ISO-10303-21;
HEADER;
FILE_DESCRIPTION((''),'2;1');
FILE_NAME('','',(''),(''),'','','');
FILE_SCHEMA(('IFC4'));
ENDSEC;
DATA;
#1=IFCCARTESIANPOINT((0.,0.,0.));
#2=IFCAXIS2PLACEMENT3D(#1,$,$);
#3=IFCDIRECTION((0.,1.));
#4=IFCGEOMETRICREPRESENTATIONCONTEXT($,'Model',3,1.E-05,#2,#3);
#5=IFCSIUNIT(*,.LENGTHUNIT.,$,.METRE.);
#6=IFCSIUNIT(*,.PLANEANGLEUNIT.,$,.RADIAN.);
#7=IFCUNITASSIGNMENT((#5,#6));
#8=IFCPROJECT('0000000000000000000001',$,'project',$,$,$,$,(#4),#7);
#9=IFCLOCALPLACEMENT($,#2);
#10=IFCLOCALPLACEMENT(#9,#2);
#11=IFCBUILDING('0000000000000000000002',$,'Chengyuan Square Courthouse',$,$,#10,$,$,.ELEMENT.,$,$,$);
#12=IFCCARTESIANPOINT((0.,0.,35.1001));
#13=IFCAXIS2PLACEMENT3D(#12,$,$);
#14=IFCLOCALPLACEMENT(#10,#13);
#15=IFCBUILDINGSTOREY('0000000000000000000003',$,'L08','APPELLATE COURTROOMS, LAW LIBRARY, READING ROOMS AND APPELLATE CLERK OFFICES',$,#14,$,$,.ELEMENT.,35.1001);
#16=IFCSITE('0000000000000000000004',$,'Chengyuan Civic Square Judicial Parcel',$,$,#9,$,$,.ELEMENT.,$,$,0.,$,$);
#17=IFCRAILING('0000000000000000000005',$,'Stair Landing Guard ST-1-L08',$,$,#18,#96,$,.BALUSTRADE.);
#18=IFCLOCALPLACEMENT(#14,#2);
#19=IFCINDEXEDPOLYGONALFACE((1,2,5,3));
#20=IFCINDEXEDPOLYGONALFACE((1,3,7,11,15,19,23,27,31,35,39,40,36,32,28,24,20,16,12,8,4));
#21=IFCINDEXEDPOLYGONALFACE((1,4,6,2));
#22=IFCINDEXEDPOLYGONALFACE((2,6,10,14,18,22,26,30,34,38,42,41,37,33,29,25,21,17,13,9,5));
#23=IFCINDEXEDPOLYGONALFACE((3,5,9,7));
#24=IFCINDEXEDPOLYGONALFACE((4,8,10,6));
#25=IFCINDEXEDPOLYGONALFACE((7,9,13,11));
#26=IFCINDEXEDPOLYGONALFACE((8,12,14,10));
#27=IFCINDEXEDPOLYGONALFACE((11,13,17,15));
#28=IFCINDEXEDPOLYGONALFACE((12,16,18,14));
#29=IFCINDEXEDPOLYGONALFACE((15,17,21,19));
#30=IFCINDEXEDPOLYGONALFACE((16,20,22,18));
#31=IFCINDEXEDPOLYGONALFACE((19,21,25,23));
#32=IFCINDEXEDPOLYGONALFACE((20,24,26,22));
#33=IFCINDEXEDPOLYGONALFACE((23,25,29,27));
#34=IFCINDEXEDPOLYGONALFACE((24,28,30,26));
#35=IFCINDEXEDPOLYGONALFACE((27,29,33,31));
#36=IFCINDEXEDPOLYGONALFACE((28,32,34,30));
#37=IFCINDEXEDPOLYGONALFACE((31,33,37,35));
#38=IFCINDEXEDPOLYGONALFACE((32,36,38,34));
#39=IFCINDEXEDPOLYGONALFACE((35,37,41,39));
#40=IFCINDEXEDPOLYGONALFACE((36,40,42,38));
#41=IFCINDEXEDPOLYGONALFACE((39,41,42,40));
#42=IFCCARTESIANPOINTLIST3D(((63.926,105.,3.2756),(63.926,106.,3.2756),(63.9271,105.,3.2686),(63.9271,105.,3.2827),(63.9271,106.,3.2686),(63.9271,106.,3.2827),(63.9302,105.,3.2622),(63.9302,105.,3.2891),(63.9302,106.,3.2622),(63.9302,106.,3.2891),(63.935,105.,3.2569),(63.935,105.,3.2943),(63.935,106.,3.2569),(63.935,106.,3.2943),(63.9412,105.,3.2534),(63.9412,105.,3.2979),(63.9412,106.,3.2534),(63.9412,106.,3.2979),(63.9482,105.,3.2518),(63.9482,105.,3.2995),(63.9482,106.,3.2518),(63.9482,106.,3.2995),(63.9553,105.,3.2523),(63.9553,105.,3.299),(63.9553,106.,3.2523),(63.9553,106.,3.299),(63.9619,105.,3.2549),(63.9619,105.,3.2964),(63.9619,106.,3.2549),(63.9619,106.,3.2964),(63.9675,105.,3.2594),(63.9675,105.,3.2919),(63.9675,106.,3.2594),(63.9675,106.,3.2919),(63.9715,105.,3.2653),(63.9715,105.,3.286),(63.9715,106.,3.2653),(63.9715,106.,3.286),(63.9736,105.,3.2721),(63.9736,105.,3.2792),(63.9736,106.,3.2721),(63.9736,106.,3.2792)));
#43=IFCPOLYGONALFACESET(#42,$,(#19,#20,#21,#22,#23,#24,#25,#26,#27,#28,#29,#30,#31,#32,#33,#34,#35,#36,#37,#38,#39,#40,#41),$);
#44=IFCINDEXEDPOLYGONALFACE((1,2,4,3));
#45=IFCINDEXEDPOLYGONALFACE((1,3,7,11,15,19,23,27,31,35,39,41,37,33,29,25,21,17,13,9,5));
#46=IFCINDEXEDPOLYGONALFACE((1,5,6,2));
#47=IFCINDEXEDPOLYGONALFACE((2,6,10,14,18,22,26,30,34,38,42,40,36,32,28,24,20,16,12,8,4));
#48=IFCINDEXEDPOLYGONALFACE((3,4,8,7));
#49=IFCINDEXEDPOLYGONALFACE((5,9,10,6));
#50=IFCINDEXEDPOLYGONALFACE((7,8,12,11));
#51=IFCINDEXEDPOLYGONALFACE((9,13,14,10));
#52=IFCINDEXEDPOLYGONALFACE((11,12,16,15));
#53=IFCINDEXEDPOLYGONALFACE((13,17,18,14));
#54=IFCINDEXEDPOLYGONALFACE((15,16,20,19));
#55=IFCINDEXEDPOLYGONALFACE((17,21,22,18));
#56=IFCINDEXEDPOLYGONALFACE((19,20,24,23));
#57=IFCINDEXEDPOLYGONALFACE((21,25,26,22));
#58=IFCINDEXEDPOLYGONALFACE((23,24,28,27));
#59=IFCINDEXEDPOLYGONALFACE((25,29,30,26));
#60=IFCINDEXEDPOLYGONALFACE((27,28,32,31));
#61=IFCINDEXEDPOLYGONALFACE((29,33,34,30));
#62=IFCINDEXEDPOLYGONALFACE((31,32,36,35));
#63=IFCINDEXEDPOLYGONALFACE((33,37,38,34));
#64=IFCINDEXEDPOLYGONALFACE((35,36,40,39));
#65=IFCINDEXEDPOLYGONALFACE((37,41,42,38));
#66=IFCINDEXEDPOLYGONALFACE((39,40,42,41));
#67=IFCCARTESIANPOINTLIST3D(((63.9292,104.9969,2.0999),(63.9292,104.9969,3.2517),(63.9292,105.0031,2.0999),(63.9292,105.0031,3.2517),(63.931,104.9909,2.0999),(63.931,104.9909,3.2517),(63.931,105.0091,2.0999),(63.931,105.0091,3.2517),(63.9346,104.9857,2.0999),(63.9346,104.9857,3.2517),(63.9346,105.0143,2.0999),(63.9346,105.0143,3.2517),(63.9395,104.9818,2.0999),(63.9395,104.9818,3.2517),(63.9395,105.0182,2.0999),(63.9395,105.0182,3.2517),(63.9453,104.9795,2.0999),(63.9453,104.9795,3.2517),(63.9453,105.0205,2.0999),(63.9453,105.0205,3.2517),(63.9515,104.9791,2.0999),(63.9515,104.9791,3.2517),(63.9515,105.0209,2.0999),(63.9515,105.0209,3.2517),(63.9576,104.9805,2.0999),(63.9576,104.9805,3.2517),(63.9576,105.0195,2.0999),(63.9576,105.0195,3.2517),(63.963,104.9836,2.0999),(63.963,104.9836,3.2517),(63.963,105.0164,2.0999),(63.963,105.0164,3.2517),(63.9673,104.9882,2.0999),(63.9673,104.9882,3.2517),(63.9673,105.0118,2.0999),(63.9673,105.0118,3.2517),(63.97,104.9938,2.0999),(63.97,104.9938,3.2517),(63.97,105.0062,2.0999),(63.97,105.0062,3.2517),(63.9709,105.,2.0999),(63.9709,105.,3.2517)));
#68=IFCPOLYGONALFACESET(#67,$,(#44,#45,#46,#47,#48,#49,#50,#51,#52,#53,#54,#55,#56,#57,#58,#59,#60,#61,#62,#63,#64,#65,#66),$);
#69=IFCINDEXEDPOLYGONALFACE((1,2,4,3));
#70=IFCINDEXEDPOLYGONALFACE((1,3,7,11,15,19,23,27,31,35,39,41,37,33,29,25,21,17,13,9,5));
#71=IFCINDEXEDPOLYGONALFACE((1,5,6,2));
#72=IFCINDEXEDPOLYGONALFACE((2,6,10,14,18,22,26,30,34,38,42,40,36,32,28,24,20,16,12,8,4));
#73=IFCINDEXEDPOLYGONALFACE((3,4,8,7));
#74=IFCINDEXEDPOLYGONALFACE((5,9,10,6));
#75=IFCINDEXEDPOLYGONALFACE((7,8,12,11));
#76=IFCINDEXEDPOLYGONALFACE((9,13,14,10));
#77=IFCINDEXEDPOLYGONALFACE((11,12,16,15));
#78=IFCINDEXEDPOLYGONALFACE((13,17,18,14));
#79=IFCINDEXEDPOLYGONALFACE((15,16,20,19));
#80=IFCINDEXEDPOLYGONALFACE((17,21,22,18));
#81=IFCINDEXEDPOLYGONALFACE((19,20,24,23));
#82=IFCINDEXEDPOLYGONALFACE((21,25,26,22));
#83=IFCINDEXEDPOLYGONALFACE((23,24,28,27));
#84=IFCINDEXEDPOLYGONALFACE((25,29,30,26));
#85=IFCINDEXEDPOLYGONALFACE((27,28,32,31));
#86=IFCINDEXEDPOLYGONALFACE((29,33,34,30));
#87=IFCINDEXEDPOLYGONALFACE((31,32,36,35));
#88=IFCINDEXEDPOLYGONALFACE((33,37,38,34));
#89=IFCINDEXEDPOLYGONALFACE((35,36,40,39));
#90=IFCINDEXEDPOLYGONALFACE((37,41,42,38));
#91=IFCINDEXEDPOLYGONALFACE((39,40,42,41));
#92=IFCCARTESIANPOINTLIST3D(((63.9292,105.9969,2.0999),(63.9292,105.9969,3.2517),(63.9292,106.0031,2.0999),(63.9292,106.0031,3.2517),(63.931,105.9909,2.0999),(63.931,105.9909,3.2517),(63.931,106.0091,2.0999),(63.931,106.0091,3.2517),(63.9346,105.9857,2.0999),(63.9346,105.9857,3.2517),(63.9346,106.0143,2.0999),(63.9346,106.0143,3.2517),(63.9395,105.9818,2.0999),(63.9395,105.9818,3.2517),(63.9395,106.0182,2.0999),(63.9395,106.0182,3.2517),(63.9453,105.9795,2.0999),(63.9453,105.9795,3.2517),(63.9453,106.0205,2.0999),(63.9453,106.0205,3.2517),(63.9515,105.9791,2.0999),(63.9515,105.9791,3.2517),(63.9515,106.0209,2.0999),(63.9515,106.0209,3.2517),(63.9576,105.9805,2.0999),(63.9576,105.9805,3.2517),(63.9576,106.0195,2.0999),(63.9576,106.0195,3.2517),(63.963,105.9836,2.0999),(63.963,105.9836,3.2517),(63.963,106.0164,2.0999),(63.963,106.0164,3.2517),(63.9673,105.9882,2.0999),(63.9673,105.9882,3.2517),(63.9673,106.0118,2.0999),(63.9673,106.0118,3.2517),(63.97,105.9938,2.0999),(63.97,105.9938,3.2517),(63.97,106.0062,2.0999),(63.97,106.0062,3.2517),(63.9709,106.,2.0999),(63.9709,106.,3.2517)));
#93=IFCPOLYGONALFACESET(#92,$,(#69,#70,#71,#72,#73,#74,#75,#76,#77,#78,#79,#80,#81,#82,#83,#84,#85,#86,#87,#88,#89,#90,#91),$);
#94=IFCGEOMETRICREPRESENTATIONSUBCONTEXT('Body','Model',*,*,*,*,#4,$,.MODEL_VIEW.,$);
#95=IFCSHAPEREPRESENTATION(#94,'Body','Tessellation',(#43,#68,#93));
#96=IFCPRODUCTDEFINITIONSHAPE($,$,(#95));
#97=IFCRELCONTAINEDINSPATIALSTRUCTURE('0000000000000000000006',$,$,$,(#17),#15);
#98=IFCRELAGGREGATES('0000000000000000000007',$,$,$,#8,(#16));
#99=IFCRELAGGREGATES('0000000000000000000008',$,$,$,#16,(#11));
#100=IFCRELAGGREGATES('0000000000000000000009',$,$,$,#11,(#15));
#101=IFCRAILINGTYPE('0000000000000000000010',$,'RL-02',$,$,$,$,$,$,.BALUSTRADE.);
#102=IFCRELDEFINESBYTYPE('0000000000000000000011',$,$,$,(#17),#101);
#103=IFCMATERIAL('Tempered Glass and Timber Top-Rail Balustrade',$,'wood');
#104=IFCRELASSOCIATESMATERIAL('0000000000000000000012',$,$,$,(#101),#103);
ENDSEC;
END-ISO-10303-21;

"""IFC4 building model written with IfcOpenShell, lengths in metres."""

from ifc_helpers import new_model, si_unit, direction, frame, origin, origin_2d, place, context, subcontext, project, spatial, circle, extrude, material, type_object, element, save


model = new_model("IFC4")

# Units and contexts
model_context = context("Model", 3, precision=1e-05, world=origin(), true_north=direction((0.0, 1.0)))
body_context = subcontext(model_context, "Body", "Model", "MODEL_VIEW")
ifc_project = project(units=[si_unit("LENGTHUNIT", "METRE"), si_unit("PLANEANGLEUNIT", "RADIAN")], contexts=[model_context])

# Site, building, storey
site_placement = place(None, origin())
site = spatial("IfcSite", under=ifc_project, at=site_placement, Name="Chengyuan Civic Square Judicial Parcel", CompositionType="ELEMENT", RefElevation=0.0)
building_placement = place(site_placement, origin())
building = spatial("IfcBuilding", under=site, at=building_placement, Name="Chengyuan Square Courthouse", CompositionType="ELEMENT")
storey_placement = place(building_placement, frame((0.0, 0.0, 35.1001)))
storey = spatial("IfcBuildingStorey", under=building, at=storey_placement, Name="L08", Description="APPELLATE COURTROOMS, LAW LIBRARY, READING ROOMS AND APPELLATE CLERK OFFICES", CompositionType="ELEMENT", Elevation=35.1001)

# Railing
ifc_material_1 = material(Name="Tempered Glass and Timber Top-Rail Balustrade", Category="wood")
railing_type_1 = type_object("IfcRailingType", Name="RL-02", PredefinedType="BALUSTRADE", material=ifc_material_1)
railing_1_placement = place(storey_placement, frame((63.95, 105.0, 2.0999)))
element("IfcRailing", 1, at=railing_1_placement, inside=storey, type_object=railing_type_1, Name="Stair Landing Guard ST-1-L08", PredefinedType="BALUSTRADE", context=body_context, shape_type="SweptSolid", body=[
    extrude(circle(Radius=0.0239, at=origin_2d()), frame((0.0, 0.0, 1.1758), z_axis=(0.0, 1.0, 0.0), x_axis=(-1.0, 0.0, 0.0)), (0.0, 0.0, 1.0), 1.0),
    extrude(circle(Radius=0.021, at=origin_2d()), origin(), (0.0, 0.0, 1.0), 1.1519),
    extrude(circle(Radius=0.021, at=origin_2d()), frame((0.0, 1.0, 0.0)), (0.0, 0.0, 1.0), 1.1519),
])

save(model, "model.ifc")
